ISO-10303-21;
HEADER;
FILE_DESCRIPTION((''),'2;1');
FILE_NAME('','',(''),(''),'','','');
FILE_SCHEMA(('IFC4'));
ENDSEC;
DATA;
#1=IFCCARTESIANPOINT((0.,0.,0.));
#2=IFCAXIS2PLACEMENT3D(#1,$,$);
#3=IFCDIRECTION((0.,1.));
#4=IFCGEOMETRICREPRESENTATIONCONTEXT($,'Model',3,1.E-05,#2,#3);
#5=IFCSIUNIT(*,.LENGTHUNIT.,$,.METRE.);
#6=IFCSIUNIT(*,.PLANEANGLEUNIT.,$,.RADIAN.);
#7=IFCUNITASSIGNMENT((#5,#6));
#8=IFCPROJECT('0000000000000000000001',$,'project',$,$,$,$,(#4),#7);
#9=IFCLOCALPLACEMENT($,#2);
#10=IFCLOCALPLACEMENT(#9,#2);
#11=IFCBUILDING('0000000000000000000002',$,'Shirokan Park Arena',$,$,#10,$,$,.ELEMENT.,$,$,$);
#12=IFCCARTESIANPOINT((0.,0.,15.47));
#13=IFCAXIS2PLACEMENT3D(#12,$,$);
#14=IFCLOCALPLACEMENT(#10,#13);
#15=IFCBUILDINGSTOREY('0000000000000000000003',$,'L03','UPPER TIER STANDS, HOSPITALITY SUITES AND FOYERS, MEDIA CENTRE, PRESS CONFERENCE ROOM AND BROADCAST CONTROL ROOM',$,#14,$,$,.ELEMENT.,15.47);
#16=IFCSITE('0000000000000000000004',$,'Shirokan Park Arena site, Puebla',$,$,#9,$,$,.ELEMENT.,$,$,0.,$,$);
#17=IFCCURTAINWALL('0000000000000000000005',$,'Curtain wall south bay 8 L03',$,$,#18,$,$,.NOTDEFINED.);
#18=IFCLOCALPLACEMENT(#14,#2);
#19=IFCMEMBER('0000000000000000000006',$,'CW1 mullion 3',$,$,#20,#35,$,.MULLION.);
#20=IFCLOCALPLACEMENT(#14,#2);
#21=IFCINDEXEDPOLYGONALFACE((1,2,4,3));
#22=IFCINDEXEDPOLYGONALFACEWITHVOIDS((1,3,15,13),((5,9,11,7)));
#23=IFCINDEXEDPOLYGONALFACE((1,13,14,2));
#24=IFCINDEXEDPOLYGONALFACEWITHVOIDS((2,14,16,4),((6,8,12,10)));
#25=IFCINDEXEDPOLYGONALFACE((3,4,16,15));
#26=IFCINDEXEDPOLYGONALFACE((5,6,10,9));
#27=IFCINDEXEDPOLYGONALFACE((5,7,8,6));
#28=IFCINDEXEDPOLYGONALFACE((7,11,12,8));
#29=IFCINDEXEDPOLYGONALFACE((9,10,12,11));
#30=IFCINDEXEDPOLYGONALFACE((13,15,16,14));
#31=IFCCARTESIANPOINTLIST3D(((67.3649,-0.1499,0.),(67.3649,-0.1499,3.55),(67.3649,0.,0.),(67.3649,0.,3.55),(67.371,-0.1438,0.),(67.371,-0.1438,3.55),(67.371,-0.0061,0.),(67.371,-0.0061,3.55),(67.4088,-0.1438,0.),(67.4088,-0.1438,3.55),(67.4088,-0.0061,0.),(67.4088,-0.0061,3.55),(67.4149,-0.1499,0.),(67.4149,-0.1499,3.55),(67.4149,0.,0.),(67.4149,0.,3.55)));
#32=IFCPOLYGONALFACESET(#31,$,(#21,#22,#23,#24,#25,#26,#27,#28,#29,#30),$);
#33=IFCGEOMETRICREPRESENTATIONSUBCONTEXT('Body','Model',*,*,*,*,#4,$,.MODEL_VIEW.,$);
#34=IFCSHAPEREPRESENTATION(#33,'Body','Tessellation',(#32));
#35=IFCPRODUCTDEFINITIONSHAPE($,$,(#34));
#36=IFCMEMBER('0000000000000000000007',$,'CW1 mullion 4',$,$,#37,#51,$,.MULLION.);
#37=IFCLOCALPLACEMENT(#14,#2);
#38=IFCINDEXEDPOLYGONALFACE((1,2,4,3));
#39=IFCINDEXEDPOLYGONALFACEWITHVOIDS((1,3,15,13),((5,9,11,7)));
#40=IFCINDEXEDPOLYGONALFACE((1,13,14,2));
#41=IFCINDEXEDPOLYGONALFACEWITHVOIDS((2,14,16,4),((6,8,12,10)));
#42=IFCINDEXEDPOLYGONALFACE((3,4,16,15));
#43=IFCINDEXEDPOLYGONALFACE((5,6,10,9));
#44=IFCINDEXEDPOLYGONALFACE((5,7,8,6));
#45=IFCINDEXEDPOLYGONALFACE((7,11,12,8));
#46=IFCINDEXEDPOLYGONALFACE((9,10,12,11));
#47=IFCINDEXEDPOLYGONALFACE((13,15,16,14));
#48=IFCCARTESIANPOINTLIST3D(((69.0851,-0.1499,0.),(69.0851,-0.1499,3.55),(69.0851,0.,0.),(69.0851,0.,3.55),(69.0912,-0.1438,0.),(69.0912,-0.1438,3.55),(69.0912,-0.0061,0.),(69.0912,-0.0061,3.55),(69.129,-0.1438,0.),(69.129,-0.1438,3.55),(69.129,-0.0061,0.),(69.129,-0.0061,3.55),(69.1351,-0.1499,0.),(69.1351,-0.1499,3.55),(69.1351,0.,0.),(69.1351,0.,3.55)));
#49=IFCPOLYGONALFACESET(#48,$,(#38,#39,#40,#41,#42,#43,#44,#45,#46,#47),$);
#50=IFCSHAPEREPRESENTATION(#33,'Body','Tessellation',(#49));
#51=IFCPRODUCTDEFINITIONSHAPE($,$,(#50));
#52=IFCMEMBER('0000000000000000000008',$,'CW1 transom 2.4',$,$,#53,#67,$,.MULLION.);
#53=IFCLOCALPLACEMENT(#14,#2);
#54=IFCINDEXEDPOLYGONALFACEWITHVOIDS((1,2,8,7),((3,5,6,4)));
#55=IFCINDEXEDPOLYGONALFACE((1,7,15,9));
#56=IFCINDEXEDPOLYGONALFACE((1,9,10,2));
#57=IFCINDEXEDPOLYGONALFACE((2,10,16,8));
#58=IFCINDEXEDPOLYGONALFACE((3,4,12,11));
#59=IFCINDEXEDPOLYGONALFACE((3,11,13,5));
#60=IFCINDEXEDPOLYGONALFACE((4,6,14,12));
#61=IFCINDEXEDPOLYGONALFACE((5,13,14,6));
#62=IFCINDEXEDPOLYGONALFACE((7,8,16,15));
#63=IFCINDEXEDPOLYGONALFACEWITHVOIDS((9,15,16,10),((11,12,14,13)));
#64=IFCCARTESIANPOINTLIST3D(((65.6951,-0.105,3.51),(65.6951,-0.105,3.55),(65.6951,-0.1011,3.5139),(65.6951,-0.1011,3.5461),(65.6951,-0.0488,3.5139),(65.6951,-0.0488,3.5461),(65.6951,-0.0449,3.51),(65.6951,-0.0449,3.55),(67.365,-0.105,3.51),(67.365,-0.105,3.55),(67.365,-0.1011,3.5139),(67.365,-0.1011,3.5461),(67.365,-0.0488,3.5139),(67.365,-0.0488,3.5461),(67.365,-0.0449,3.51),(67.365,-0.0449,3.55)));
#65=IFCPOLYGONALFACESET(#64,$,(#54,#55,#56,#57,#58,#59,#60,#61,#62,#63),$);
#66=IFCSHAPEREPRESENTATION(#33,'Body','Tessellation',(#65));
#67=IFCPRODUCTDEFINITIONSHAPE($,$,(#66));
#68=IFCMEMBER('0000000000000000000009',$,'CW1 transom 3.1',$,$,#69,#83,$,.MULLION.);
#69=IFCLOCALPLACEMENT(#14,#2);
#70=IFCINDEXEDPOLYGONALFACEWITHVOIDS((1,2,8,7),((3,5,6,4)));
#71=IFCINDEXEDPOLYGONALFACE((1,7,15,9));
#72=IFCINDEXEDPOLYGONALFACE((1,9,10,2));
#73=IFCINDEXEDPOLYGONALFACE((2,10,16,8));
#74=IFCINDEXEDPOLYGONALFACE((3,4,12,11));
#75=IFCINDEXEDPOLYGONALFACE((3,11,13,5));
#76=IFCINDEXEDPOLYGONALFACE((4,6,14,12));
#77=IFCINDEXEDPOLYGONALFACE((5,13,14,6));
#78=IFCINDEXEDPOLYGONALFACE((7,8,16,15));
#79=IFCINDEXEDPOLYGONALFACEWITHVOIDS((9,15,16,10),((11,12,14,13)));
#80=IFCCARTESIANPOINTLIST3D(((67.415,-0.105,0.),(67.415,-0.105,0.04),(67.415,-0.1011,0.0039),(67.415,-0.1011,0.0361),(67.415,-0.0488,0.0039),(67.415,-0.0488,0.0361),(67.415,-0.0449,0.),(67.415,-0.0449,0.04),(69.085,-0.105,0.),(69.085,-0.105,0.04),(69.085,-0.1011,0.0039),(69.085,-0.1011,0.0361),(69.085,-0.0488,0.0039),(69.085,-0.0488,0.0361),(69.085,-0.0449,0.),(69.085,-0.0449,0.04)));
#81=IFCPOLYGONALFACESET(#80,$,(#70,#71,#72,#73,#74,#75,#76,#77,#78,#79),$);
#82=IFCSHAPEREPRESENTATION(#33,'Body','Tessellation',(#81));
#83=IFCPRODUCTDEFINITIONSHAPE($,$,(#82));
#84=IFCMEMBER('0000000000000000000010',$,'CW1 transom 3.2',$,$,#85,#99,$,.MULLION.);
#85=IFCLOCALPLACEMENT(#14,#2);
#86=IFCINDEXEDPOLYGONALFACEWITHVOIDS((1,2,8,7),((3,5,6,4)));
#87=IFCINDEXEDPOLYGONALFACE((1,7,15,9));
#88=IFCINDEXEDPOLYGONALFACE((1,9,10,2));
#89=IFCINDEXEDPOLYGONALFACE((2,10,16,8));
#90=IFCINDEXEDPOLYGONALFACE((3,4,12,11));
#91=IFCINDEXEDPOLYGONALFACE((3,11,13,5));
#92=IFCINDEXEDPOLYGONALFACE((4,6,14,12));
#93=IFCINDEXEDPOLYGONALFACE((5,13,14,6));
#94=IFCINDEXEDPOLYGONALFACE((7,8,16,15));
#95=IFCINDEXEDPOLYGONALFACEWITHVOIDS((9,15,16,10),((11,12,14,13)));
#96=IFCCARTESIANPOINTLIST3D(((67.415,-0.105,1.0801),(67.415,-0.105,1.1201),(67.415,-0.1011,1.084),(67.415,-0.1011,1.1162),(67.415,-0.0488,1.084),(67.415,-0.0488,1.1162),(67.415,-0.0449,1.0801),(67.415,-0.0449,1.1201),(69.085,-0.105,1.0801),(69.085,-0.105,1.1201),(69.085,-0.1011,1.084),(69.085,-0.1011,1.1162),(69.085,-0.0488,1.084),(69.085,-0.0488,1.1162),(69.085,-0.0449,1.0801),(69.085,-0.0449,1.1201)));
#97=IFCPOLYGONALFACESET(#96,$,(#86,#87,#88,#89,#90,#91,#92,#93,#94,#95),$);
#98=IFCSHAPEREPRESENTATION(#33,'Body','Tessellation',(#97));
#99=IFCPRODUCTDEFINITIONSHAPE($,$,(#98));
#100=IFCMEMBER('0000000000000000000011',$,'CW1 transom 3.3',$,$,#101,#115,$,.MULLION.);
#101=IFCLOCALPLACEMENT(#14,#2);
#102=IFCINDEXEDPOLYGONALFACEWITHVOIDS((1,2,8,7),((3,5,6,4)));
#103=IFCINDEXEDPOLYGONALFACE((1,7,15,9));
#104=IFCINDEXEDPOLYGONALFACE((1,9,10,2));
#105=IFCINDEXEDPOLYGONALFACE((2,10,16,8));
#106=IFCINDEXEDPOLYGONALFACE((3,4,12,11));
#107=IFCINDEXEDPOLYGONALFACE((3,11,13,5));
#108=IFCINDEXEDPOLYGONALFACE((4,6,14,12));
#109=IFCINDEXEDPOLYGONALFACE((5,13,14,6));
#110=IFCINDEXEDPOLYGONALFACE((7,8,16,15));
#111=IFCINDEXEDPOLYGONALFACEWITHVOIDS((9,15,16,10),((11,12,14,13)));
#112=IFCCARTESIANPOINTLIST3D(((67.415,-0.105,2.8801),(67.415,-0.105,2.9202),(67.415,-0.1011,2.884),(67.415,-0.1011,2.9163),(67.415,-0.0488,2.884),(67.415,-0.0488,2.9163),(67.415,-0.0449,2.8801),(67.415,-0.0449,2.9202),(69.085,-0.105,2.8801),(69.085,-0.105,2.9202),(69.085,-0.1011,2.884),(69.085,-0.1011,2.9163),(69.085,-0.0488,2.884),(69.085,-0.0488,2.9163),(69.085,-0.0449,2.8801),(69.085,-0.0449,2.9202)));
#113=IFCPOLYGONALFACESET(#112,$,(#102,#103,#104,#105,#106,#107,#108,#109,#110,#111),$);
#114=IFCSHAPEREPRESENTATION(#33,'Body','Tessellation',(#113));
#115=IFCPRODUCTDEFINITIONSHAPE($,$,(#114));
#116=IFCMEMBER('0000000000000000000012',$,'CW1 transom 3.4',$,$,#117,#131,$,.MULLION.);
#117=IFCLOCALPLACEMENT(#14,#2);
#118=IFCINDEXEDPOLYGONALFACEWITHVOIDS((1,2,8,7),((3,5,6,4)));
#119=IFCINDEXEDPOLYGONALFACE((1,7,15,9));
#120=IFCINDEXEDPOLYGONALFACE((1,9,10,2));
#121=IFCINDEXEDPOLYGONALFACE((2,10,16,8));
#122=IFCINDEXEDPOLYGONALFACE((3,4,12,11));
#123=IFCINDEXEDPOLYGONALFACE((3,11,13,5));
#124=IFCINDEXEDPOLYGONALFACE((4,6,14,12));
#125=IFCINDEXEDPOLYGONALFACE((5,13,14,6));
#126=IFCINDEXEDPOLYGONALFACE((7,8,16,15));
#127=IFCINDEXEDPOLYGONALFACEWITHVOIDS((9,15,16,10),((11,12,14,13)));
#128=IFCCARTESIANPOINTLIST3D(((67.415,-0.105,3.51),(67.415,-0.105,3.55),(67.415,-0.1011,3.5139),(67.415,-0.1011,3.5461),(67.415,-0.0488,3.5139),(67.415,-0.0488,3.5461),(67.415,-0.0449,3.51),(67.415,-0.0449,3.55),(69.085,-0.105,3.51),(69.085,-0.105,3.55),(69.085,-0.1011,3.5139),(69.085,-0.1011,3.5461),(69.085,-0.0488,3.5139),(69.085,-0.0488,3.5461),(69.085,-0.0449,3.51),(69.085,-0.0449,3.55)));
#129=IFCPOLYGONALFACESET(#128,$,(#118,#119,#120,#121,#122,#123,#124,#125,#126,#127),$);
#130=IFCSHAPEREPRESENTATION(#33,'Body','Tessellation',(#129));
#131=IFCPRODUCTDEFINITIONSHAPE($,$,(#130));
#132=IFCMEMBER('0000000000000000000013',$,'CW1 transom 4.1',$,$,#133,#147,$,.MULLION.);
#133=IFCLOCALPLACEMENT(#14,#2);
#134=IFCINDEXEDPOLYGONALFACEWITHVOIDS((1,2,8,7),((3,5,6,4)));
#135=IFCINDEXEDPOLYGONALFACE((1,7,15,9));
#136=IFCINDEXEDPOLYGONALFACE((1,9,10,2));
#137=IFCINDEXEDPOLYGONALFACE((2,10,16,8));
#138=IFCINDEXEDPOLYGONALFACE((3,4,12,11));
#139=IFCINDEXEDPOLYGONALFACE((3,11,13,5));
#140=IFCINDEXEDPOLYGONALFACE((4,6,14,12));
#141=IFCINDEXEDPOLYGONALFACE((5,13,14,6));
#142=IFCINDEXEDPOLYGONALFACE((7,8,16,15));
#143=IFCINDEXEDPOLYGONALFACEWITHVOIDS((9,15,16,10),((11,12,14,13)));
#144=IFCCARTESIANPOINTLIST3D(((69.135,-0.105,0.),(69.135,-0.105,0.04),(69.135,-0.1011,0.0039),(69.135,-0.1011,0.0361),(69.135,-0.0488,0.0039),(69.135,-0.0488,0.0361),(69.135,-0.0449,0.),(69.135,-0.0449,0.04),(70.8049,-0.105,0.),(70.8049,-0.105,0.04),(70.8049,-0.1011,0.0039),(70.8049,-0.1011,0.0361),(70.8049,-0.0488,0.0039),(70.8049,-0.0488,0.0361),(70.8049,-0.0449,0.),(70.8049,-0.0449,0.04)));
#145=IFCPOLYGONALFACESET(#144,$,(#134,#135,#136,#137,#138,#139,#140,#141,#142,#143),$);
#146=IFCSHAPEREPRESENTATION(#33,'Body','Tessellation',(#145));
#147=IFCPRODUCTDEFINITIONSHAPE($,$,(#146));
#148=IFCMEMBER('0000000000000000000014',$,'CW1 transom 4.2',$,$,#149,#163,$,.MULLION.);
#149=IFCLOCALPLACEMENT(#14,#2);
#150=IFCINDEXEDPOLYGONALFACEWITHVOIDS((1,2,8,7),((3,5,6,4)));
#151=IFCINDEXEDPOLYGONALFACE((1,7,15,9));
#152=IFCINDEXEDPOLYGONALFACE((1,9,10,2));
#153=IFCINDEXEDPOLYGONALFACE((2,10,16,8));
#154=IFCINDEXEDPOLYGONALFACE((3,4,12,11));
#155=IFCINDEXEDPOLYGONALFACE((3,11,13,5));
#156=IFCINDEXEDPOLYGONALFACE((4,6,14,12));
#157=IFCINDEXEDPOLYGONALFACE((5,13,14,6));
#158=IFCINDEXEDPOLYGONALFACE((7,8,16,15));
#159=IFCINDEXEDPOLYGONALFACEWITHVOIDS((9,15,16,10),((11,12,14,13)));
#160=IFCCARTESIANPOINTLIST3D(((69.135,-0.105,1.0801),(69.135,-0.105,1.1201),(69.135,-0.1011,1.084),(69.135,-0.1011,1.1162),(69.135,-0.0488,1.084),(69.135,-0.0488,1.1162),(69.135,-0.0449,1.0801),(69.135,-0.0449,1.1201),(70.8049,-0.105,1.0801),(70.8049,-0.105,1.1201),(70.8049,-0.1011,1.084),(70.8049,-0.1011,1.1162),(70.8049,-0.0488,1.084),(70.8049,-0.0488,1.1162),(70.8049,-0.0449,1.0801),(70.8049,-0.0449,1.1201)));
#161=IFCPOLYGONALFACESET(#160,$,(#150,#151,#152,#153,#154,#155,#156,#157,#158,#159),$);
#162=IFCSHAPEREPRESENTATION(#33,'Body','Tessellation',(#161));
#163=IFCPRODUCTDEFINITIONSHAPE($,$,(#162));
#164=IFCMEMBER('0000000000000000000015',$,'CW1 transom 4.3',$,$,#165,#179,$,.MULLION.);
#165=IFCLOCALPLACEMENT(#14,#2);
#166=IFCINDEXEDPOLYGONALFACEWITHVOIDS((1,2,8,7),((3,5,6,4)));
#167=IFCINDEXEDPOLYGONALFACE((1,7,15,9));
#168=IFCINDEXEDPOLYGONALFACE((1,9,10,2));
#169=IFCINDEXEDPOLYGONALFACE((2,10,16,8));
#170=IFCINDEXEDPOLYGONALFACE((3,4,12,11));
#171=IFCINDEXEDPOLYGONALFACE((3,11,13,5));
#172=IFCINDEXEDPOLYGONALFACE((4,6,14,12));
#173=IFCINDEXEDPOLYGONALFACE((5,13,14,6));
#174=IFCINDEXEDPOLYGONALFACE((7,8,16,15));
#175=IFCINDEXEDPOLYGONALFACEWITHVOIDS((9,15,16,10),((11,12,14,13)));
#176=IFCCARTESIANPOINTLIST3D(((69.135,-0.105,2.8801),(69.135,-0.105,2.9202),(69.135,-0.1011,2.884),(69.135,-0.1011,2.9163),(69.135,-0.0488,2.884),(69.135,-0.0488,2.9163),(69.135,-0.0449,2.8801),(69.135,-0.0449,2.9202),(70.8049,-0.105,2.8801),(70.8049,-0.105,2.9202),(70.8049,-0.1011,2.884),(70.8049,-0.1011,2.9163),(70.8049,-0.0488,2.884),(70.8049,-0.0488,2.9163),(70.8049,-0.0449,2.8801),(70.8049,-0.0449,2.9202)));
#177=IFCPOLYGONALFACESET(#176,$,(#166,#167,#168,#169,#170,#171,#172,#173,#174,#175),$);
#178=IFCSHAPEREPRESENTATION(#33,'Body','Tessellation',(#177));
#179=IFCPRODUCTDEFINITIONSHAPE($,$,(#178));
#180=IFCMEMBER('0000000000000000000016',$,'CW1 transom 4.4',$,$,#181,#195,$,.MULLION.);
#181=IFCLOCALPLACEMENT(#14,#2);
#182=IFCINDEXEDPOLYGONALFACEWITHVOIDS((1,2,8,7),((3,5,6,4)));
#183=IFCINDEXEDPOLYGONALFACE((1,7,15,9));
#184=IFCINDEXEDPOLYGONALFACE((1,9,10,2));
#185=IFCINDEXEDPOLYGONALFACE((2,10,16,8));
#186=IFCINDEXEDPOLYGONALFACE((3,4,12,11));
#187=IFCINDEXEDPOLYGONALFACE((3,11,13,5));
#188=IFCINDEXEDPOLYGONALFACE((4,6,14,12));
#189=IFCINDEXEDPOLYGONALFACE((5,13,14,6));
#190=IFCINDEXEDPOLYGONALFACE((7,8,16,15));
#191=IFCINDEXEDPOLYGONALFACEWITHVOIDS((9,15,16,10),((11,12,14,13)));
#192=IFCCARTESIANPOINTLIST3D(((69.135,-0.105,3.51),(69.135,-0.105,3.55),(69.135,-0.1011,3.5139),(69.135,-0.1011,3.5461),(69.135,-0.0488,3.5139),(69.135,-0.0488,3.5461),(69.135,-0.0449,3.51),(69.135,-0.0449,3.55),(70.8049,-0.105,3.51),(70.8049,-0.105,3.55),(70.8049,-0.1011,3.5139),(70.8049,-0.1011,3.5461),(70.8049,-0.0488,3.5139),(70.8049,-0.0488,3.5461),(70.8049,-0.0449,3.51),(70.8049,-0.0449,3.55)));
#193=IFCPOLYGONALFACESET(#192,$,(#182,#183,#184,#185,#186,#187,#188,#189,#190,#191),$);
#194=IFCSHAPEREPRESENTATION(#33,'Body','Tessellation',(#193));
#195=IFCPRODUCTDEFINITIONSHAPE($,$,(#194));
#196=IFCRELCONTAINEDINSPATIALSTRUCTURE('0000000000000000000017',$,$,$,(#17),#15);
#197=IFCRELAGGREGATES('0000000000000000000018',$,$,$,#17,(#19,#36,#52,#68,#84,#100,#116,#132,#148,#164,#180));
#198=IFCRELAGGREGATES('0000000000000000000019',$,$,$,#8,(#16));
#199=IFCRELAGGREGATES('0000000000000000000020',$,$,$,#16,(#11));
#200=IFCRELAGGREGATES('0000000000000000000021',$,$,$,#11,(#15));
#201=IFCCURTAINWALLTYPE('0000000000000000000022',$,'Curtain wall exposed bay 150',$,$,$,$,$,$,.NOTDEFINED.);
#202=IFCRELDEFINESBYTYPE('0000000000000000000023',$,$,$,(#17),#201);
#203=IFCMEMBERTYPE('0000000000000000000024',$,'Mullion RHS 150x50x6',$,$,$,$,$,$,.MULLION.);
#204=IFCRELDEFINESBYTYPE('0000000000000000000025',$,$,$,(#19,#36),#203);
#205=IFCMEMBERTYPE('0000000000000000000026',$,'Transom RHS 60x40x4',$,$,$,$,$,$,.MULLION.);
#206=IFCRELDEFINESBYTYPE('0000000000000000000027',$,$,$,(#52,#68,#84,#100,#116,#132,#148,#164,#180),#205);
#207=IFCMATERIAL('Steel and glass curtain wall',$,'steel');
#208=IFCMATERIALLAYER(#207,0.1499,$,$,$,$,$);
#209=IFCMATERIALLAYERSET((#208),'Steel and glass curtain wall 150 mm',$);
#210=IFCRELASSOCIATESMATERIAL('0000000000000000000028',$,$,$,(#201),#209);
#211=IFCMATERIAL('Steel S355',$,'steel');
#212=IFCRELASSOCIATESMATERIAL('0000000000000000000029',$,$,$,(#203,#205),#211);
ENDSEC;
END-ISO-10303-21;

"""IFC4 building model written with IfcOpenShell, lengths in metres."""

from ifc_helpers import new_model, si_unit, direction, frame, origin, origin_2d, place, context, subcontext, project, spatial, hollow_rectangle, extrude, material, layer, layer_set, material_profile, profile_set, type_object, element, aggregate, save


model = new_model("IFC4")

# Units and contexts
model_context = context("Model", 3, precision=1e-05, world=origin(), true_north=direction((0.0, 1.0)))
body_context = subcontext(model_context, "Body", "Model", "MODEL_VIEW")
ifc_project = project(units=[si_unit("LENGTHUNIT", "METRE"), si_unit("PLANEANGLEUNIT", "RADIAN")], contexts=[model_context])

# Site, building, storey
site_placement = place(None, origin())
site = spatial("IfcSite", under=ifc_project, at=site_placement, Name="Shirokan Park Arena site, Puebla", CompositionType="ELEMENT", RefElevation=0.0)
building_placement = place(site_placement, origin())
building = spatial("IfcBuilding", under=site, at=building_placement, Name="Shirokan Park Arena", CompositionType="ELEMENT")
storey_placement = place(building_placement, frame((0.0, 0.0, 15.47)))
storey = spatial("IfcBuildingStorey", under=building, at=storey_placement, Name="L03", Description="UPPER TIER STANDS, HOSPITALITY SUITES AND FOYERS, MEDIA CENTRE, PRESS CONFERENCE ROOM AND BROADCAST CONTROL ROOM", CompositionType="ELEMENT", Elevation=15.47)

# Curtain wall, members
ifc_material_1 = material(Name="Steel and glass curtain wall", Category="steel")
ifc_layer_1 = layer(ifc_material_1, 0.1499)
ifc_layer_set_1 = layer_set([ifc_layer_1], Name="Steel and glass curtain wall 150 mm")
curtain_wall_type = type_object("IfcCurtainWallType", Name="Curtain wall exposed bay 150", PredefinedType="NOTDEFINED", material=ifc_layer_set_1)
curtain_wall_placement = place(storey_placement, origin())
curtain_wall = element("IfcCurtainWall", 1, at=curtain_wall_placement, inside=storey, type_object=curtain_wall_type, Name="Curtain wall south bay 8 L03", PredefinedType="NOTDEFINED")
ifc_material_2 = material(Name="Steel S355", Category="steel")
ifc_material_profile_1 = material_profile(ifc_material_2, hollow_rectangle(XDim=0.1499, YDim=0.05, WallThickness=0.0061, at=origin_2d()), Name="RHS 150x50x6")
ifc_profile_set_1 = profile_set([ifc_material_profile_1], Name="Steel S355")
member_type_1 = type_object("IfcMemberType", Name="Mullion RHS 150x50x6", PredefinedType="MULLION", material=ifc_profile_set_1)
member_1_placement = place(storey_placement, frame((67.3899, -0.075, 0.0), z_axis=(0.0, 0.0, 1.0), x_axis=(0.0, 1.0, 0.0)))
member_1 = element("IfcMember", 2, at=member_1_placement, type_object=member_type_1, Name="CW1 mullion 3", PredefinedType="MULLION", context=body_context, shape_type="SweptSolid", body=[
    extrude(hollow_rectangle(XDim=0.1499, YDim=0.05, WallThickness=0.0061, at=origin_2d()), origin(), (0.0, 0.0, 1.0), 3.55),
])
member_2_placement = place(storey_placement, frame((69.1101, -0.075, 0.0), z_axis=(0.0, 0.0, 1.0), x_axis=(0.0, 1.0, 0.0)))
member_2 = element("IfcMember", 3, at=member_2_placement, type_object=member_type_1, Name="CW1 mullion 4", PredefinedType="MULLION", context=body_context, shape_type="SweptSolid", body=[
    extrude(hollow_rectangle(XDim=0.1499, YDim=0.05, WallThickness=0.0061, at=origin_2d()), origin(), (0.0, 0.0, 1.0), 3.55),
])
ifc_material_profile_2 = material_profile(ifc_material_2, hollow_rectangle(XDim=0.0601, YDim=0.04, WallThickness=0.0039, at=origin_2d()), Name="RHS 60x40x4")
ifc_profile_set_2 = profile_set([ifc_material_profile_2], Name="Steel S355")
member_type_2 = type_object("IfcMemberType", Name="Transom RHS 60x40x4", PredefinedType="MULLION", material=ifc_profile_set_2)
member_3_placement = place(storey_placement, frame((65.6951, -0.075, 3.53), z_axis=(1.0, 0.0, 0.0), x_axis=(0.0, 1.0, 0.0)))
member_3 = element("IfcMember", 4, at=member_3_placement, type_object=member_type_2, Name="CW1 transom 2.4", PredefinedType="MULLION", context=body_context, shape_type="SweptSolid", body=[
    extrude(hollow_rectangle(XDim=0.0601, YDim=0.04, WallThickness=0.0039, at=origin_2d()), origin(), (0.0, 0.0, 1.0), 1.6699),
])
member_4_placement = place(storey_placement, frame((67.415, -0.075, 0.02), z_axis=(1.0, 0.0, 0.0), x_axis=(0.0, 1.0, 0.0)))
member_4 = element("IfcMember", 5, at=member_4_placement, type_object=member_type_2, Name="CW1 transom 3.1", PredefinedType="MULLION", context=body_context, shape_type="SweptSolid", body=[
    extrude(hollow_rectangle(XDim=0.0601, YDim=0.04, WallThickness=0.0039, at=origin_2d()), origin(), (0.0, 0.0, 1.0), 1.6699),
])
member_5_placement = place(storey_placement, frame((67.415, -0.075, 1.1001), z_axis=(1.0, 0.0, 0.0), x_axis=(0.0, 1.0, 0.0)))
member_5 = element("IfcMember", 6, at=member_5_placement, type_object=member_type_2, Name="CW1 transom 3.2", PredefinedType="MULLION", context=body_context, shape_type="SweptSolid", body=[
    extrude(hollow_rectangle(XDim=0.0601, YDim=0.04, WallThickness=0.0039, at=origin_2d()), origin(), (0.0, 0.0, 1.0), 1.6699),
])
member_6_placement = place(storey_placement, frame((67.415, -0.075, 2.9001), z_axis=(1.0, 0.0, 0.0), x_axis=(0.0, 1.0, 0.0)))
member_6 = element("IfcMember", 7, at=member_6_placement, type_object=member_type_2, Name="CW1 transom 3.3", PredefinedType="MULLION", context=body_context, shape_type="SweptSolid", body=[
    extrude(hollow_rectangle(XDim=0.0601, YDim=0.04, WallThickness=0.0039, at=origin_2d()), origin(), (0.0, 0.0, 1.0), 1.6699),
])
member_7_placement = place(storey_placement, frame((67.415, -0.075, 3.53), z_axis=(1.0, 0.0, 0.0), x_axis=(0.0, 1.0, 0.0)))
member_7 = element("IfcMember", 8, at=member_7_placement, type_object=member_type_2, Name="CW1 transom 3.4", PredefinedType="MULLION", context=body_context, shape_type="SweptSolid", body=[
    extrude(hollow_rectangle(XDim=0.0601, YDim=0.04, WallThickness=0.0039, at=origin_2d()), origin(), (0.0, 0.0, 1.0), 1.6699),
])
member_8_placement = place(storey_placement, frame((69.135, -0.075, 0.02), z_axis=(1.0, 0.0, 0.0), x_axis=(0.0, 1.0, 0.0)))
member_8 = element("IfcMember", 9, at=member_8_placement, type_object=member_type_2, Name="CW1 transom 4.1", PredefinedType="MULLION", context=body_context, shape_type="SweptSolid", body=[
    extrude(hollow_rectangle(XDim=0.0601, YDim=0.04, WallThickness=0.0039, at=origin_2d()), origin(), (0.0, 0.0, 1.0), 1.6699),
])
member_9_placement = place(storey_placement, frame((69.135, -0.075, 1.1001), z_axis=(1.0, 0.0, 0.0), x_axis=(0.0, 1.0, 0.0)))
member_9 = element("IfcMember", 10, at=member_9_placement, type_object=member_type_2, Name="CW1 transom 4.2", PredefinedType="MULLION", context=body_context, shape_type="SweptSolid", body=[
    extrude(hollow_rectangle(XDim=0.0601, YDim=0.04, WallThickness=0.0039, at=origin_2d()), origin(), (0.0, 0.0, 1.0), 1.6699),
])
member_10_placement = place(storey_placement, frame((69.135, -0.075, 2.9001), z_axis=(1.0, 0.0, 0.0), x_axis=(0.0, 1.0, 0.0)))
member_10 = element("IfcMember", 11, at=member_10_placement, type_object=member_type_2, Name="CW1 transom 4.3", PredefinedType="MULLION", context=body_context, shape_type="SweptSolid", body=[
    extrude(hollow_rectangle(XDim=0.0601, YDim=0.04, WallThickness=0.0039, at=origin_2d()), origin(), (0.0, 0.0, 1.0), 1.6699),
])
member_11_placement = place(storey_placement, frame((69.135, -0.075, 3.53), z_axis=(1.0, 0.0, 0.0), x_axis=(0.0, 1.0, 0.0)))
member_11 = element("IfcMember", 12, at=member_11_placement, type_object=member_type_2, Name="CW1 transom 4.4", PredefinedType="MULLION", context=body_context, shape_type="SweptSolid", body=[
    extrude(hollow_rectangle(XDim=0.0601, YDim=0.04, WallThickness=0.0039, at=origin_2d()), origin(), (0.0, 0.0, 1.0), 1.6699),
])
aggregate(curtain_wall, [member_1, member_2, member_3, member_4, member_5, member_6, member_7, member_8, member_9, member_10, member_11])

save(model, "model.ifc")
